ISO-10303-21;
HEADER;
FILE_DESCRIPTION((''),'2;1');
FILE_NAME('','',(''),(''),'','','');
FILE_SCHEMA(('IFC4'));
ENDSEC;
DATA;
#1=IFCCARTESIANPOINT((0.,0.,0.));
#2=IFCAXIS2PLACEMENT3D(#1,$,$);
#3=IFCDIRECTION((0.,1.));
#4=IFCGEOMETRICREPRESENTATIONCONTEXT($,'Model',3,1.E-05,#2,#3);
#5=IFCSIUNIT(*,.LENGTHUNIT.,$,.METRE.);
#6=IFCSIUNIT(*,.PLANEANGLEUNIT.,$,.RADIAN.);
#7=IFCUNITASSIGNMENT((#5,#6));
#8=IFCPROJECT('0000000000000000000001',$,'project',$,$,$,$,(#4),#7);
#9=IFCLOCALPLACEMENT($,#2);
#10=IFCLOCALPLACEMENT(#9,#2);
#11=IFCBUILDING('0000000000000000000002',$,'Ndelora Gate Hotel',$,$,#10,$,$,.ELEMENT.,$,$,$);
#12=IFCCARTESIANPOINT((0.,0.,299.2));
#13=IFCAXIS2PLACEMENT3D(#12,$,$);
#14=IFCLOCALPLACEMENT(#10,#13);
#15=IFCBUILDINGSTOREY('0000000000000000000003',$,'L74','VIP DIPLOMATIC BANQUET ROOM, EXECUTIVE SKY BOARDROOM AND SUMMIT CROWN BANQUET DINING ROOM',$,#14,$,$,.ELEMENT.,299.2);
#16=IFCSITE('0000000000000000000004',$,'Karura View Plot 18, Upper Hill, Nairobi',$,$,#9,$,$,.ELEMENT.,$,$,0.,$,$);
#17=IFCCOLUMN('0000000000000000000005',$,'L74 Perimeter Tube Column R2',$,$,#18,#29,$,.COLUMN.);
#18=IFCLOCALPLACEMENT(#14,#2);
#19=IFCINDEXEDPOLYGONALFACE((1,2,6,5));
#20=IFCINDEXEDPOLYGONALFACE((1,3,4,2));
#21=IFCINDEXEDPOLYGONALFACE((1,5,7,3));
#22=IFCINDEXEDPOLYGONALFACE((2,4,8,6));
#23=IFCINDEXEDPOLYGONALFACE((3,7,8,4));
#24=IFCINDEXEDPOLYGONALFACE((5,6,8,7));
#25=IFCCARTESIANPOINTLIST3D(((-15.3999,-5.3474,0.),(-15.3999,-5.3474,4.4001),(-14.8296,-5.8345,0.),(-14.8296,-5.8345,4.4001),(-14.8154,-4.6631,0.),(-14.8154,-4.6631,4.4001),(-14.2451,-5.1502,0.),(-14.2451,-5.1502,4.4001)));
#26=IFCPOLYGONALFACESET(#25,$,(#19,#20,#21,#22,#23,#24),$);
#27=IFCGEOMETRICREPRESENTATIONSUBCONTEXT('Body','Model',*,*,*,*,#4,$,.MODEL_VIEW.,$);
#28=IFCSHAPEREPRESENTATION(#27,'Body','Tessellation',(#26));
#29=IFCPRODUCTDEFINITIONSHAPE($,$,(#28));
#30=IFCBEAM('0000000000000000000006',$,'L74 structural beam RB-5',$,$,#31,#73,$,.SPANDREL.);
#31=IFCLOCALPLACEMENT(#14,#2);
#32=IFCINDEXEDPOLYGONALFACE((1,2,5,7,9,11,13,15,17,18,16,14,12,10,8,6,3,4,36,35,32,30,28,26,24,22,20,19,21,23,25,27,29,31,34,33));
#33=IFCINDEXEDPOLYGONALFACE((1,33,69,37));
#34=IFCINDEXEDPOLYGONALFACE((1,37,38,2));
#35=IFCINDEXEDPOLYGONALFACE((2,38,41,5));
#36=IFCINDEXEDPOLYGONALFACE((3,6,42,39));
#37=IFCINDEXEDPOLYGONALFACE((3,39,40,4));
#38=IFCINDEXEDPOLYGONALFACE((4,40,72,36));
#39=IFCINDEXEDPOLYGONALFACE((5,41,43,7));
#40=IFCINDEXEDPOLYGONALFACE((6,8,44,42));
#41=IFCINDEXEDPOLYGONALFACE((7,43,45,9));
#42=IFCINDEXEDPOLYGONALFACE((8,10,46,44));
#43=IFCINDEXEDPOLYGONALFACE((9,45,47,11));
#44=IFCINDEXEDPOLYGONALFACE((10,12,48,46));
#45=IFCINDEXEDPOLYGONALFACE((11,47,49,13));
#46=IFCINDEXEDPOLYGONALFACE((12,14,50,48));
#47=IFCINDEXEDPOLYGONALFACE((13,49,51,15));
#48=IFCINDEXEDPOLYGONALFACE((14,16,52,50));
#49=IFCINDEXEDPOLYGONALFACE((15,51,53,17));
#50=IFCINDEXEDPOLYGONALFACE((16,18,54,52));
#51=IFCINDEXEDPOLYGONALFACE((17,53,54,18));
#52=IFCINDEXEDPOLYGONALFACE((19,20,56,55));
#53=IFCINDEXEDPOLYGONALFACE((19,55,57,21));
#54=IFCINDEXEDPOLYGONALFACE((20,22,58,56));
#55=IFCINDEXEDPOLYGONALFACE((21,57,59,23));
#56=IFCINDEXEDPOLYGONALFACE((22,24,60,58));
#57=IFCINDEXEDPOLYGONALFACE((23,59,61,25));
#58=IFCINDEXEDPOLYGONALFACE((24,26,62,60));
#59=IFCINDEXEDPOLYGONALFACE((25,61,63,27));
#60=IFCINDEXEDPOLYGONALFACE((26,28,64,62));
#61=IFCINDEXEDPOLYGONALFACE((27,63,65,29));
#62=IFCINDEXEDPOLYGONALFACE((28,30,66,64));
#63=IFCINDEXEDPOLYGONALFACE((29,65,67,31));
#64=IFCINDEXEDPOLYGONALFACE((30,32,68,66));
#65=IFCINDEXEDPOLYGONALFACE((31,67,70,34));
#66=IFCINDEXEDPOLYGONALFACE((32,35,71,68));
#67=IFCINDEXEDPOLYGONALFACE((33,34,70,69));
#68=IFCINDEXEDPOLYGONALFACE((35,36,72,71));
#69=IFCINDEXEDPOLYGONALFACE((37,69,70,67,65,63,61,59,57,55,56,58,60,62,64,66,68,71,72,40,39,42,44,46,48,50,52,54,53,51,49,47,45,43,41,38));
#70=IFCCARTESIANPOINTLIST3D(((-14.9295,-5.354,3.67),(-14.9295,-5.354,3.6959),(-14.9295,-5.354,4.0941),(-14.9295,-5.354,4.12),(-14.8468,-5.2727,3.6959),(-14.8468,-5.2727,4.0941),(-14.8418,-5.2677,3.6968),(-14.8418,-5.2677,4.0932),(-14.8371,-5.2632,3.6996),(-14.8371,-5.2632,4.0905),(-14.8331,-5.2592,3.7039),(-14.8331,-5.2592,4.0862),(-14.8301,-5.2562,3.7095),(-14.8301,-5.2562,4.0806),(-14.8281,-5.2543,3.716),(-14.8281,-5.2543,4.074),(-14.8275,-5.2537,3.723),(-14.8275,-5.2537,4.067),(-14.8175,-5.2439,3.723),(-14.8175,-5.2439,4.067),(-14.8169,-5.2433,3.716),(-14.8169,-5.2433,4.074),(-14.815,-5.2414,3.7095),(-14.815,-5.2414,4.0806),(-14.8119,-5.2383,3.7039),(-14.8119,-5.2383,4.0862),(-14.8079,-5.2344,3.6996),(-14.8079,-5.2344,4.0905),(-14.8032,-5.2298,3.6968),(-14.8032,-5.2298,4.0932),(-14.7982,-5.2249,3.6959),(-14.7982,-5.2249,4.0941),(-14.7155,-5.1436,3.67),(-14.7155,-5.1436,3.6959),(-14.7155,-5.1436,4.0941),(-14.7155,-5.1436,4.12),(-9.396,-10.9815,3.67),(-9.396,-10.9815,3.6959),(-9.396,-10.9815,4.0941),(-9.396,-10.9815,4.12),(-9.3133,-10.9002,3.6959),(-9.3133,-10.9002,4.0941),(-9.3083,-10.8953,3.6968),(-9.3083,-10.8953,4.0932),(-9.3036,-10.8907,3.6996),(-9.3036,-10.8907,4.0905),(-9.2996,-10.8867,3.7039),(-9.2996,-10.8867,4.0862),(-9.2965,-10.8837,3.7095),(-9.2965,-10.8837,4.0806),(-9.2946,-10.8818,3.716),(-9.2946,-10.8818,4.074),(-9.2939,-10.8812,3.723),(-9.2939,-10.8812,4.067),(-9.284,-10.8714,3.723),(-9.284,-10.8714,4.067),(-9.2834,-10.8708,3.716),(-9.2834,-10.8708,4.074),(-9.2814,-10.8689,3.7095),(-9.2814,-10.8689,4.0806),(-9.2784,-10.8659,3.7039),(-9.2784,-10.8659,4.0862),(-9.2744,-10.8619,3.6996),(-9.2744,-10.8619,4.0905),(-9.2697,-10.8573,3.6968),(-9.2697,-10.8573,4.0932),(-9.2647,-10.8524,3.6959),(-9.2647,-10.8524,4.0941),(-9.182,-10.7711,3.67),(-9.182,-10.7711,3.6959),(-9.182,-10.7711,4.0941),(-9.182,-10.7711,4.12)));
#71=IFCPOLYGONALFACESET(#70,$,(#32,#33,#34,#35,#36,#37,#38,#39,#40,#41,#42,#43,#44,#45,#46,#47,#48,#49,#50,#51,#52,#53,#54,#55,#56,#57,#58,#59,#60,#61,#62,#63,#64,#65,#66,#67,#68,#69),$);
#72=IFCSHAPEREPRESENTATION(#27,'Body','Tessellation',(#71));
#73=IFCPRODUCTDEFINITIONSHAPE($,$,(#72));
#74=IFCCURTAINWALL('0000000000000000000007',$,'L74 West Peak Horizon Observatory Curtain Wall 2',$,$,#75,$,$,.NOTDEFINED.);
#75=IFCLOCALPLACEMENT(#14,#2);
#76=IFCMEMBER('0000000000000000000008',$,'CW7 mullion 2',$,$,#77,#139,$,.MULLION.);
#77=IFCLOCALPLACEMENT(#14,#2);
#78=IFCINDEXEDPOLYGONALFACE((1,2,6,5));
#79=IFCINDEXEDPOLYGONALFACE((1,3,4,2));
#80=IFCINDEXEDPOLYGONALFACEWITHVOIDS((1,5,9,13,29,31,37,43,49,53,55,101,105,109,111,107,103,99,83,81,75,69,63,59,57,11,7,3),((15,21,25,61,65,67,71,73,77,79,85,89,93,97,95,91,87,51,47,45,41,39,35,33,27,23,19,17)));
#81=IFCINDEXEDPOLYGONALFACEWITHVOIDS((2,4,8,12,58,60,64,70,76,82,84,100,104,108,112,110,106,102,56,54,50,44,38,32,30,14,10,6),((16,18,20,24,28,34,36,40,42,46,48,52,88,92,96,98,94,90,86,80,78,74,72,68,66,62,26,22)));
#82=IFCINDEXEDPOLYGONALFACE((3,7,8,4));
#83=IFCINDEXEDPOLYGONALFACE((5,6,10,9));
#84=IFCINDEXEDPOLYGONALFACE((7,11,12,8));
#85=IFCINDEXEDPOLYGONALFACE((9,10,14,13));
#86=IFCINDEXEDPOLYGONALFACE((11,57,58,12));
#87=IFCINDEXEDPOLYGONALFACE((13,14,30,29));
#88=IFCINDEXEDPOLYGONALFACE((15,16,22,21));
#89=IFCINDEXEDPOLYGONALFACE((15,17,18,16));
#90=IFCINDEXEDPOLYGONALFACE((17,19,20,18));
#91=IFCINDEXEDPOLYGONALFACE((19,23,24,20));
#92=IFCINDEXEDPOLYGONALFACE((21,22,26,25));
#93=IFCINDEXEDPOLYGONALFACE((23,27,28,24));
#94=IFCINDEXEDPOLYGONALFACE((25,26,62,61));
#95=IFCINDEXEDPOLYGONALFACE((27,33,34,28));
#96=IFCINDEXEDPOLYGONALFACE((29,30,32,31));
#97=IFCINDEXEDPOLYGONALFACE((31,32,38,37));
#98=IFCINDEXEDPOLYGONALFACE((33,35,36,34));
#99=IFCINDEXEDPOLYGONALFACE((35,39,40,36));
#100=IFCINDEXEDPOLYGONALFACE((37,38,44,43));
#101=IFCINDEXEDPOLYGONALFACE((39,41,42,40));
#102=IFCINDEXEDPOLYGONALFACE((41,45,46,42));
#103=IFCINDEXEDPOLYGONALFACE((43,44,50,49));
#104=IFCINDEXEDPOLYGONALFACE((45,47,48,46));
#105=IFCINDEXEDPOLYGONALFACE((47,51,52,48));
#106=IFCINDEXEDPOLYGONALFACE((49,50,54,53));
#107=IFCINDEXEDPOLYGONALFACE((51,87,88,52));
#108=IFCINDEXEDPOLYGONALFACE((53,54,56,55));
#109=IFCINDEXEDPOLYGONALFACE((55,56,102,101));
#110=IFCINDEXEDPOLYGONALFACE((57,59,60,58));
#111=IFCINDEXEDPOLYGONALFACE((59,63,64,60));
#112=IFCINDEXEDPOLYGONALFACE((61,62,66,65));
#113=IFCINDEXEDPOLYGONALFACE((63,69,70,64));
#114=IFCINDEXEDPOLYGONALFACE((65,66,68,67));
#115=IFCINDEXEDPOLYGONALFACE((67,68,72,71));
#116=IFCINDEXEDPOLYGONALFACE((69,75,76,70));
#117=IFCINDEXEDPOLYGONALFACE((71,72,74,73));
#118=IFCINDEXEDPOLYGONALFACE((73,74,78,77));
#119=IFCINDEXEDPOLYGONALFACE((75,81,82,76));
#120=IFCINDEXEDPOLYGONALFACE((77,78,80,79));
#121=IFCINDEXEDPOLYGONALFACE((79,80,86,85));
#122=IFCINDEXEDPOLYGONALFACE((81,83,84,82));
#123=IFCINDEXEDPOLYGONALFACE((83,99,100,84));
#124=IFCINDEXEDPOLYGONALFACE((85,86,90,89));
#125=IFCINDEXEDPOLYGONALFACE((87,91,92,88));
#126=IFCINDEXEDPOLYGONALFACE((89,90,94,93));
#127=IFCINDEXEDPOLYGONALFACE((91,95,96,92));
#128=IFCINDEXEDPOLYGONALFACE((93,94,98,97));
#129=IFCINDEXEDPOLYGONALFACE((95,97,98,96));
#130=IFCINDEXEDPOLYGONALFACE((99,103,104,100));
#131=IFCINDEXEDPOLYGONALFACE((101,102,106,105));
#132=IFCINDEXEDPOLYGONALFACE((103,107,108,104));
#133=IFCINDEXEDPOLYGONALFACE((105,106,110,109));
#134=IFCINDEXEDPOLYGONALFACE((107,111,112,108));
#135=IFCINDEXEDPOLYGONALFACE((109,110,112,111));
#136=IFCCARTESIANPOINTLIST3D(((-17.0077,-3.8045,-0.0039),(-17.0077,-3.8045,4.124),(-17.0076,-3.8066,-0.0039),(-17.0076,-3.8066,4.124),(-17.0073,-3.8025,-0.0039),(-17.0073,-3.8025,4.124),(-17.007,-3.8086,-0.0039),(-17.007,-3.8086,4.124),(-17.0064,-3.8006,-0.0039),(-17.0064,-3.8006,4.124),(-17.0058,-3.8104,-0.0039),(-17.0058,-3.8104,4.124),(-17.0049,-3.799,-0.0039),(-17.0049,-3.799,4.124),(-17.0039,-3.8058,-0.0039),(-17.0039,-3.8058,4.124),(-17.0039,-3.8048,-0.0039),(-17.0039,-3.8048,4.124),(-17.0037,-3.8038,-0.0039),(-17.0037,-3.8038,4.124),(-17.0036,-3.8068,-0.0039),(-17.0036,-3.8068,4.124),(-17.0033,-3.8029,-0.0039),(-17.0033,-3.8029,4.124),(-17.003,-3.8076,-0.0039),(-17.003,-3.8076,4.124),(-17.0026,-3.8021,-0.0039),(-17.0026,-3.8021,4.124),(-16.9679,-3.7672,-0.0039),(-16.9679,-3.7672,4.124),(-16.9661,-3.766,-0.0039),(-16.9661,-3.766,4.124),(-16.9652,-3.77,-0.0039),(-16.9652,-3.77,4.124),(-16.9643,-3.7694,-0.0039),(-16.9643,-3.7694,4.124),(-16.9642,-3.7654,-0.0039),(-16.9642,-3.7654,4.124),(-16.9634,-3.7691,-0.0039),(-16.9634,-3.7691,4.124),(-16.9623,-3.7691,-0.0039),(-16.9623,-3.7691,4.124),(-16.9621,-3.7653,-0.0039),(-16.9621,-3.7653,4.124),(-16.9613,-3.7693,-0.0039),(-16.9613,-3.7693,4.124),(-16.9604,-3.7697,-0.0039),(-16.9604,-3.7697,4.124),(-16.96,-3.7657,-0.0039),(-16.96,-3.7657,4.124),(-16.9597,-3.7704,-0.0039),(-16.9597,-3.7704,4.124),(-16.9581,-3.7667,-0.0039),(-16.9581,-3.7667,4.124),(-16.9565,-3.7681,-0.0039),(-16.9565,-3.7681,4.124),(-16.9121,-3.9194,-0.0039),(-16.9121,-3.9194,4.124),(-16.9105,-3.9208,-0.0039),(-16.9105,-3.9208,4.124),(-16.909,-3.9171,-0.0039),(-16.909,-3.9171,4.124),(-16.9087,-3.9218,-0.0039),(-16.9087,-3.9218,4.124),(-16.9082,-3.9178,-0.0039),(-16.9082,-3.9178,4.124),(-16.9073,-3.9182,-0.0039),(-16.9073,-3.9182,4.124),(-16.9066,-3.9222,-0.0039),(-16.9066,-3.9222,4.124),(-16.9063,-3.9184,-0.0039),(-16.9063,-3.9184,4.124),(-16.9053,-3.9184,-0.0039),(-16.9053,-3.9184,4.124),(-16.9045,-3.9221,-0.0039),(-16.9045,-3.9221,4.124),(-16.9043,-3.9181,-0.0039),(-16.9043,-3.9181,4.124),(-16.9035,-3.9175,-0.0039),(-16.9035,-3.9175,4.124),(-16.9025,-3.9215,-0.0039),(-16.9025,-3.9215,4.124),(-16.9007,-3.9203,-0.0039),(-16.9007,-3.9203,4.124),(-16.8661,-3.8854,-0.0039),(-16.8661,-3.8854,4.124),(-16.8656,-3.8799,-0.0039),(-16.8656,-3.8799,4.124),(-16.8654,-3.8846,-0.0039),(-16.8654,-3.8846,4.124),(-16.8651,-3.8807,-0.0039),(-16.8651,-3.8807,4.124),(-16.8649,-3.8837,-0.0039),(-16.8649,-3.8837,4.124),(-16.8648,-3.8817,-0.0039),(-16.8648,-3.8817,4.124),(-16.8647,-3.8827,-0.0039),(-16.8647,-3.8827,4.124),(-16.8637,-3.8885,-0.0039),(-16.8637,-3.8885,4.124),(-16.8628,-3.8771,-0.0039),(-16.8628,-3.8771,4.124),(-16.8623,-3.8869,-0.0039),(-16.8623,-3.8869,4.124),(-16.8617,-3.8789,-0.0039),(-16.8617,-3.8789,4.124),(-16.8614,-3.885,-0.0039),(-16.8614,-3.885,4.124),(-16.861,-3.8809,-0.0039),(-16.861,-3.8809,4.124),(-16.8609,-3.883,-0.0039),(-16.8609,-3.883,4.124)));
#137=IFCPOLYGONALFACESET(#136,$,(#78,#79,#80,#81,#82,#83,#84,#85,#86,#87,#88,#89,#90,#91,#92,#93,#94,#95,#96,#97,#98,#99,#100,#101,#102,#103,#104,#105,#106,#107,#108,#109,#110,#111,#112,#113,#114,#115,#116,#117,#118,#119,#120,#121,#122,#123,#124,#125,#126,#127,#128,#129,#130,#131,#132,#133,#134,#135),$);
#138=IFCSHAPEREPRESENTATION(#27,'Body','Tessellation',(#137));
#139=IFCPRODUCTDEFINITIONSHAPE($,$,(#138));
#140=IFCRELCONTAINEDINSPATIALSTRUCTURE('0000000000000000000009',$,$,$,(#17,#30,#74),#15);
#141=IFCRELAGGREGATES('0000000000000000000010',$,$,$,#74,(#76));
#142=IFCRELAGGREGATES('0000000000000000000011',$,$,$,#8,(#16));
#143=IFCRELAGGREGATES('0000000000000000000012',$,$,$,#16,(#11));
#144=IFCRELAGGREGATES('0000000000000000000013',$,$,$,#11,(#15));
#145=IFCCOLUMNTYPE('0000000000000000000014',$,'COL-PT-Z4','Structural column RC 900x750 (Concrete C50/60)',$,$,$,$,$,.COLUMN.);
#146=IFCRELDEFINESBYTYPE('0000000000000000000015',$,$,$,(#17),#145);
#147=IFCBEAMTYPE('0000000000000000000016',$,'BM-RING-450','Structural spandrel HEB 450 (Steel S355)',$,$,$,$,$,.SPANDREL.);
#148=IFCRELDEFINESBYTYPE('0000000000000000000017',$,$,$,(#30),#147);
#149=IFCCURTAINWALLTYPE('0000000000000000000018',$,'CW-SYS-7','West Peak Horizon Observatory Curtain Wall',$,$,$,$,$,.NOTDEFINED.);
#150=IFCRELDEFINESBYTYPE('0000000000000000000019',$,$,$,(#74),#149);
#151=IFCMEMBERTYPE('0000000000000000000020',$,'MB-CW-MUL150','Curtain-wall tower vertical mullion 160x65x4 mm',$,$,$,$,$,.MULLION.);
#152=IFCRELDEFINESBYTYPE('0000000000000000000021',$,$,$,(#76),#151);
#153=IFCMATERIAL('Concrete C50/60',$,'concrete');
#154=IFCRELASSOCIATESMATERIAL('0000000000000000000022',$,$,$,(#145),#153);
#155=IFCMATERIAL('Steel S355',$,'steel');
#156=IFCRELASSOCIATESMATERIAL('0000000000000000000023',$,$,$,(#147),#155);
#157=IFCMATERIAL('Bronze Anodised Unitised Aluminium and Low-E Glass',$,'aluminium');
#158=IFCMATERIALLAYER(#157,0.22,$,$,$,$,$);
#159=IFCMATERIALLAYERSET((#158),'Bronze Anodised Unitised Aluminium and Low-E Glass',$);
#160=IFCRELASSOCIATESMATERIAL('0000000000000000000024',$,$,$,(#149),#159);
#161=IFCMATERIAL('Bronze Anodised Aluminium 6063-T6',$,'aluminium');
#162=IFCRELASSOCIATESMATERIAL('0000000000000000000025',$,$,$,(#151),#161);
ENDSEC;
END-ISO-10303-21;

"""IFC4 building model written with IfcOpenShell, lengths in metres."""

from ifc_helpers import new_model, si_unit, direction, frame, origin, origin_2d, place, context, subcontext, project, spatial, rectangle, hollow_rectangle, i_section, extrude, material, layer, layer_set, material_profile, profile_set, type_object, element, aggregate, save


model = new_model("IFC4")

# Units and contexts
model_context = context("Model", 3, precision=1e-05, world=origin(), true_north=direction((0.0, 1.0)))
body_context = subcontext(model_context, "Body", "Model", "MODEL_VIEW")
ifc_project = project(units=[si_unit("LENGTHUNIT", "METRE"), si_unit("PLANEANGLEUNIT", "RADIAN")], contexts=[model_context])

# Site, building, storey
site_placement = place(None, origin())
site = spatial("IfcSite", under=ifc_project, at=site_placement, Name="Karura View Plot 18, Upper Hill, Nairobi", CompositionType="ELEMENT", RefElevation=0.0)
building_placement = place(site_placement, origin())
building = spatial("IfcBuilding", under=site, at=building_placement, Name="Ndelora Gate Hotel", CompositionType="ELEMENT")
storey_placement = place(building_placement, frame((0.0, 0.0, 299.2)))
storey = spatial("IfcBuildingStorey", under=building, at=storey_placement, Name="L74", Description="VIP DIPLOMATIC BANQUET ROOM, EXECUTIVE SKY BOARDROOM AND SUMMIT CROWN BANQUET DINING ROOM", CompositionType="ELEMENT", Elevation=299.2)

# Column
ifc_material_1 = material(Name="Concrete C50/60", Category="concrete")
ifc_material_profile_1 = material_profile(ifc_material_1, rectangle(XDim=0.75, YDim=0.8999, at=origin_2d()), Name="RC 900x750")
ifc_profile_set_1 = profile_set([ifc_material_profile_1], Name="Concrete C50/60")
column_type = type_object("IfcColumnType", Name="COL-PT-Z4", Description="Structural column RC 900x750 (Concrete C50/60)", PredefinedType="COLUMN", material=ifc_profile_set_1)
column_placement = place(storey_placement, frame((-14.8225, -5.2488, 0.0), z_axis=(0.0, 0.0, 1.0), x_axis=(-0.760406, 0.649448, 0.0)))
element("IfcColumn", 1, at=column_placement, inside=storey, type_object=column_type, Name="L74 Perimeter Tube Column R2", PredefinedType="COLUMN", context=body_context, shape_type="SweptSolid", body=[
    extrude(rectangle(XDim=0.75, YDim=0.8999, at=origin_2d()), origin(), (0.0, 0.0, 1.0), 4.4001),
])

# Beam
ifc_material_2 = material(Name="Steel S355", Category="steel")
ifc_material_profile_2 = material_profile(ifc_material_2, i_section(OverallWidth=0.3, OverallDepth=0.45, WebThickness=0.0139, FlangeThickness=0.0259, FilletRadius=0.0271, at=origin_2d()), Name="HEB 450")
ifc_profile_set_2 = profile_set([ifc_material_profile_2], Name="Steel S355")
beam_type = type_object("IfcBeamType", Name="BM-RING-450", Description="Structural spandrel HEB 450 (Steel S355)", PredefinedType="SPANDREL", material=ifc_profile_set_2)
beam_placement = place(storey_placement, frame((-14.8225, -5.2488, 3.895), z_axis=(0.701127, -0.713037, 0.0), x_axis=(0.713037, 0.701127, 0.0)))
element("IfcBeam", 2, at=beam_placement, inside=storey, type_object=beam_type, Name="L74 structural beam RB-5", PredefinedType="SPANDREL", context=body_context, shape_type="SweptSolid", body=[
    extrude(i_section(OverallWidth=0.3, OverallDepth=0.45, WebThickness=0.0139, FlangeThickness=0.0259, FilletRadius=0.0271, at=origin_2d()), origin(), (0.0, 0.0, 1.0), 7.8923),
])

# Curtain wall, member
ifc_material_3 = material(Name="Bronze Anodised Unitised Aluminium and Low-E Glass", Category="aluminium")
ifc_layer_1 = layer(ifc_material_3, 0.22)
ifc_layer_set_1 = layer_set([ifc_layer_1], Name="Bronze Anodised Unitised Aluminium and Low-E Glass")
curtain_wall_type = type_object("IfcCurtainWallType", Name="CW-SYS-7", Description="West Peak Horizon Observatory Curtain Wall", PredefinedType="NOTDEFINED", material=ifc_layer_set_1)
curtain_wall_placement = place(storey_placement, origin())
curtain_wall = element("IfcCurtainWall", 3, at=curtain_wall_placement, inside=storey, type_object=curtain_wall_type, Name="L74 West Peak Horizon Observatory Curtain Wall 2", PredefinedType="NOTDEFINED")
ifc_material_4 = material(Name="Bronze Anodised Aluminium 6063-T6", Category="aluminium")
ifc_material_profile_3 = material_profile(ifc_material_4, hollow_rectangle(XDim=0.0649, YDim=0.1599, WallThickness=0.0039, InnerFilletRadius=0.0039, OuterFilletRadius=0.0081, at=origin_2d()), Name="ALU 160x65x4")
ifc_profile_set_3 = profile_set([ifc_material_profile_3], Name="Bronze Anodised Aluminium 6063-T6")
member_type_1 = type_object("IfcMemberType", Name="MB-CW-MUL150", Description="Curtain-wall tower vertical mullion 160x65x4 mm", PredefinedType="MULLION", material=ifc_profile_set_3)
member_1_placement = place(storey_placement, frame((-16.9343, -3.8438, -0.0039), z_axis=(0.0, 0.0, 1.0), x_axis=(0.75853, 0.651638, 0.0)))
member_1 = element("IfcMember", 4, at=member_1_placement, type_object=member_type_1, Name="CW7 mullion 2", PredefinedType="MULLION", context=body_context, shape_type="SweptSolid", body=[
    extrude(hollow_rectangle(XDim=0.0649, YDim=0.1599, WallThickness=0.0039, InnerFilletRadius=0.0039, OuterFilletRadius=0.0081, at=origin_2d()), origin(), (0.0, 0.0, 1.0), 4.1279),
])
aggregate(curtain_wall, [member_1])

save(model, "model.ifc")
